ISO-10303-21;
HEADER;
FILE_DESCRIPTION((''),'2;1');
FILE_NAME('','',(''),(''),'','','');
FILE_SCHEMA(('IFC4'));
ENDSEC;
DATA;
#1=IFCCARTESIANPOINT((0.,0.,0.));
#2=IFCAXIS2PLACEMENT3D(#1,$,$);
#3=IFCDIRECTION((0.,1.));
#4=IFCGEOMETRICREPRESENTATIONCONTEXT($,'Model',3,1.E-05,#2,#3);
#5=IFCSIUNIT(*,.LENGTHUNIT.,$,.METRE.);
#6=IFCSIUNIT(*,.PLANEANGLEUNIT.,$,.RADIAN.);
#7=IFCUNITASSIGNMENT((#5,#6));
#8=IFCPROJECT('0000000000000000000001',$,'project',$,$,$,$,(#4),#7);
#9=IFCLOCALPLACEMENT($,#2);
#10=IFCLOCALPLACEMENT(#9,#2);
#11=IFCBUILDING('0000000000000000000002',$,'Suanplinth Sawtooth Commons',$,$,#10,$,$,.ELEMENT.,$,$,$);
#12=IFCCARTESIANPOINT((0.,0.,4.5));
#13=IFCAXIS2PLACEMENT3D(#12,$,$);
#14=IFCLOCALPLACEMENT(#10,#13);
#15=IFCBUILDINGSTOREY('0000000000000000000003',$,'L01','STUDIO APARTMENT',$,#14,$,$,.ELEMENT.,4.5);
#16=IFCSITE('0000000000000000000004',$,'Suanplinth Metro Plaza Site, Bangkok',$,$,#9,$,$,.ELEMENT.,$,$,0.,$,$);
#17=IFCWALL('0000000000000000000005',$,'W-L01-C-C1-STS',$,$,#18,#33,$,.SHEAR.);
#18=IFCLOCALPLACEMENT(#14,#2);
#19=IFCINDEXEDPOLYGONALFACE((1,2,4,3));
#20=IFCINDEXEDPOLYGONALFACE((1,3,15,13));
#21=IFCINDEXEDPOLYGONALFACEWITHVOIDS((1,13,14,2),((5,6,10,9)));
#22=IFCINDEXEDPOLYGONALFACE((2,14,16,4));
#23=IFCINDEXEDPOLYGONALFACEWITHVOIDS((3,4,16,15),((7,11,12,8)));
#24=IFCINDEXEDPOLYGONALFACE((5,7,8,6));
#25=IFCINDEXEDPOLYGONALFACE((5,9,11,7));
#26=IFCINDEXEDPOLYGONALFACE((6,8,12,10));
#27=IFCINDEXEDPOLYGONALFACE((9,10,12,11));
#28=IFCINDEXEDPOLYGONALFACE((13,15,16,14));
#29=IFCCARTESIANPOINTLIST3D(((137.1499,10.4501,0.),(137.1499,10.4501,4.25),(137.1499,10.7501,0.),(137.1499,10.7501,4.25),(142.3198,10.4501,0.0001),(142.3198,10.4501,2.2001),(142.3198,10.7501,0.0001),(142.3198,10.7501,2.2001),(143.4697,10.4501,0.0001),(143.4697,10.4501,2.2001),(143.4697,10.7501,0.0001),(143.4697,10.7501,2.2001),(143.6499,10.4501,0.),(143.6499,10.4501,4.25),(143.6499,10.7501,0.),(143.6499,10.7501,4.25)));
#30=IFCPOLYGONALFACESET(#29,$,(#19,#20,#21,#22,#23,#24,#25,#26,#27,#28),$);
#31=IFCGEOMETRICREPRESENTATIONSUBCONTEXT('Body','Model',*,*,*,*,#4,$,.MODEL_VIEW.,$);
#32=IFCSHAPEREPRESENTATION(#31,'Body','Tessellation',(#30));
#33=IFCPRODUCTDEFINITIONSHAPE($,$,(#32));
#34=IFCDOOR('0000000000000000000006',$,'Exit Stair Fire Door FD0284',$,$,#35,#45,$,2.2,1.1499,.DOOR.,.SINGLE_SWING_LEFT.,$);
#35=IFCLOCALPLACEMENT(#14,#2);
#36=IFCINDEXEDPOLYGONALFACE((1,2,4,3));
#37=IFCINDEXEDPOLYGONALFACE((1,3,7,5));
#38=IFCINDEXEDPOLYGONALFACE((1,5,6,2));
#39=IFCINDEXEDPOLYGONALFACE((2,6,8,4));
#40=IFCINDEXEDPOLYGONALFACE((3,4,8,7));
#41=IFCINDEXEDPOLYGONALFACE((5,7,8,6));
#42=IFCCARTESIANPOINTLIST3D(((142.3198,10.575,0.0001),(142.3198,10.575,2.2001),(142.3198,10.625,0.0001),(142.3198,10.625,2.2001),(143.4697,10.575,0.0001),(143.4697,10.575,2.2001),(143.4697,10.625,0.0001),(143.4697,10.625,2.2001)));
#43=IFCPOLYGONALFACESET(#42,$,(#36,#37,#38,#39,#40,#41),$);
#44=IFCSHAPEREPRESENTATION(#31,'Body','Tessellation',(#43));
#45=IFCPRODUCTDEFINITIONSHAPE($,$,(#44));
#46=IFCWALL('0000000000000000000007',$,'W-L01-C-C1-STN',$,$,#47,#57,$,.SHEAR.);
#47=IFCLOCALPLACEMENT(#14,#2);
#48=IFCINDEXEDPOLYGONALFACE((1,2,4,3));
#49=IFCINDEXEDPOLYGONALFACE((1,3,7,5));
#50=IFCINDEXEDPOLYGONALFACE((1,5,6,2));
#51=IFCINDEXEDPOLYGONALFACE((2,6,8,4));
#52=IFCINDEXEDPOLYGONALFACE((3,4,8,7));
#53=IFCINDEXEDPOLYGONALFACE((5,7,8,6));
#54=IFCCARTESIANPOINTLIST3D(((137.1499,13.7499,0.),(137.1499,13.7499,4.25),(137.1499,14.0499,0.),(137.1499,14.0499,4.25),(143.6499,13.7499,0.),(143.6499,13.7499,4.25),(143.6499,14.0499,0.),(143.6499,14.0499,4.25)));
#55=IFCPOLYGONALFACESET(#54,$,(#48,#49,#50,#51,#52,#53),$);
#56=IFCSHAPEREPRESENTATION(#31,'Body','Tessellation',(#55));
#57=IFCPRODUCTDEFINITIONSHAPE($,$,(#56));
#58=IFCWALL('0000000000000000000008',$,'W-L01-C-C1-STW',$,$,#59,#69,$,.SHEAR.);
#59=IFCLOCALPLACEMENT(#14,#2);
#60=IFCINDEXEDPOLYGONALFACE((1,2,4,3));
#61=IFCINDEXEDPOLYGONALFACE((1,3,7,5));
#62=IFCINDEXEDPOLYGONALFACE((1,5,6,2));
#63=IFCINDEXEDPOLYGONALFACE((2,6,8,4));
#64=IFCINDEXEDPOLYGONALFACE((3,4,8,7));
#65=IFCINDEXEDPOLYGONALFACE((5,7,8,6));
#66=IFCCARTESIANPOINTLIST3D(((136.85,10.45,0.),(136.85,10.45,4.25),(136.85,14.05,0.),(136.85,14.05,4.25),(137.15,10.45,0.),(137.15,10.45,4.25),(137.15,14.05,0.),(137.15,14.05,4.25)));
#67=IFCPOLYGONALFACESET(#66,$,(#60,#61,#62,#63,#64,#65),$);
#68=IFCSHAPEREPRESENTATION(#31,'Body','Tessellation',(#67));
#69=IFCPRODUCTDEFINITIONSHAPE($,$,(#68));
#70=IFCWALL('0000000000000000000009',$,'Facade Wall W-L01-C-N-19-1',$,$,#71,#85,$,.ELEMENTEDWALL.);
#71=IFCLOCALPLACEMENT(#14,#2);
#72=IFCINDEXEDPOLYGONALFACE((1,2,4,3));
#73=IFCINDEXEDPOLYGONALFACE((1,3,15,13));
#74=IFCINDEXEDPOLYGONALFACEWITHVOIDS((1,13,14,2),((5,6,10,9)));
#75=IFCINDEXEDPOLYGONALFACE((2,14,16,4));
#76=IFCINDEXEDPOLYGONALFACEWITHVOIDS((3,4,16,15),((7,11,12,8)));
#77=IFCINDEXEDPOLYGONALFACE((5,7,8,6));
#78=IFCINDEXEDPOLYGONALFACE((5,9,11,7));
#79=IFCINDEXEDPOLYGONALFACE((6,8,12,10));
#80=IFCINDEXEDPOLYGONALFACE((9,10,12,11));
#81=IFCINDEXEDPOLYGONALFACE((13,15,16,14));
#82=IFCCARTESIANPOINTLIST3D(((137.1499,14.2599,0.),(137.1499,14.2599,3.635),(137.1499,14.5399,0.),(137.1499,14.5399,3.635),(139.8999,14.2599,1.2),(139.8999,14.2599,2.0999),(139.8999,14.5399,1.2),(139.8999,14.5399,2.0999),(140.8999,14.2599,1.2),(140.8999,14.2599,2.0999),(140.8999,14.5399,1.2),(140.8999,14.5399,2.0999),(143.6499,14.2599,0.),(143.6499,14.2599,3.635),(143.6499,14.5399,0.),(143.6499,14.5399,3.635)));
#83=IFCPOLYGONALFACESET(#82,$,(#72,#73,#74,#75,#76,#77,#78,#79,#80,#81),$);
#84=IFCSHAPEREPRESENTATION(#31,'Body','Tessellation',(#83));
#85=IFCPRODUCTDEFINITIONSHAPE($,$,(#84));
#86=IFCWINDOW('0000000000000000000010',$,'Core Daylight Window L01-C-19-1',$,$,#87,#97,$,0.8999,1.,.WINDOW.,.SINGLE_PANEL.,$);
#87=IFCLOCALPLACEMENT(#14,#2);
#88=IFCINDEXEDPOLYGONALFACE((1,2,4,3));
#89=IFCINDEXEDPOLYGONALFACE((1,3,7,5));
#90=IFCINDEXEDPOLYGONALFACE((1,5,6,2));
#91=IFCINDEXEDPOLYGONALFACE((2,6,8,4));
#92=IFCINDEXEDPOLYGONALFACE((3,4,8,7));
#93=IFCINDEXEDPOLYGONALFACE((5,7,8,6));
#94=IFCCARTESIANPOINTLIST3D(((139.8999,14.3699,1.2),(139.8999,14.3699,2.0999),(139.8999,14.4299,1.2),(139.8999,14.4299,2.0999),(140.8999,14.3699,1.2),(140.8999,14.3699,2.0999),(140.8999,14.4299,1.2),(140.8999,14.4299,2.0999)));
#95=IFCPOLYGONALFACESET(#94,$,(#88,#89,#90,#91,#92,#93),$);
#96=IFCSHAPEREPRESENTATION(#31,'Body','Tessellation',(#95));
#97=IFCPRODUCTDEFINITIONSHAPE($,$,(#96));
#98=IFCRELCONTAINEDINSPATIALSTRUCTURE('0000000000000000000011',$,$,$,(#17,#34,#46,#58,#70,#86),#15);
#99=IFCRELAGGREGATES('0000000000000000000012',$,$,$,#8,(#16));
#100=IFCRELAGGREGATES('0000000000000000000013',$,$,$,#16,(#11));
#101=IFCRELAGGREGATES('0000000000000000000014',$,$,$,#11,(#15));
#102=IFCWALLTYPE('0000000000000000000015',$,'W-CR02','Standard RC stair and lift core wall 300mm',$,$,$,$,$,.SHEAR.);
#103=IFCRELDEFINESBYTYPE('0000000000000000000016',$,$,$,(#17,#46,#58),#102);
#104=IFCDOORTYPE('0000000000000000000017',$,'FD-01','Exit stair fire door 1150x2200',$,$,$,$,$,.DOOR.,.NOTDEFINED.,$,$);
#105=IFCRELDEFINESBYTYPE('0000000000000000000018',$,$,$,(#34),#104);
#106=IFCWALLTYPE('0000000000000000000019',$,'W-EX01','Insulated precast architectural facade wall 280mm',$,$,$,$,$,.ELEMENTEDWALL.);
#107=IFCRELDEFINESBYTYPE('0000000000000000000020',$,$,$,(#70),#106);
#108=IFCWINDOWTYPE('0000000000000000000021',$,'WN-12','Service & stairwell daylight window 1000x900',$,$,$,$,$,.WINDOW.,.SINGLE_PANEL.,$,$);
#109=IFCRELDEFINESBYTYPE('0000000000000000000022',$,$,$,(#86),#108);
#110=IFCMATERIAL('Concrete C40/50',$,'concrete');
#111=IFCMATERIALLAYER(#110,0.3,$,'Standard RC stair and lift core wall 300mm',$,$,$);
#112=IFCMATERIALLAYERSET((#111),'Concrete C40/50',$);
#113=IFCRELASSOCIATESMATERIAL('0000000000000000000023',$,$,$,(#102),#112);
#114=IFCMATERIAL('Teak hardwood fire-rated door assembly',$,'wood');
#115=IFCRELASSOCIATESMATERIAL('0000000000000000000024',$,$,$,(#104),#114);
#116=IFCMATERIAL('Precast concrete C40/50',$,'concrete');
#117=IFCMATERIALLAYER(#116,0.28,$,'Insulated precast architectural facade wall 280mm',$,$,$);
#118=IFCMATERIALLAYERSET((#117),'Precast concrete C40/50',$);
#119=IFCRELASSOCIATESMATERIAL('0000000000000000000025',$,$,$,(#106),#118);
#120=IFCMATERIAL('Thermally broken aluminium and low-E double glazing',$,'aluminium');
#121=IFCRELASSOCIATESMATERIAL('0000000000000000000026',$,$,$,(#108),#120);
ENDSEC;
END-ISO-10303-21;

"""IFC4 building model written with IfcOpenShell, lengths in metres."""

from ifc_helpers import new_model, si_unit, direction, frame, frame_2d, origin, place, context, subcontext, project, spatial, rectangle, extrude, material, layer, layer_set, type_object, element, fill, save


model = new_model("IFC4")

# Units and contexts
model_context = context("Model", 3, precision=1e-05, world=origin(), true_north=direction((0.0, 1.0)))
body_context = subcontext(model_context, "Body", "Model", "MODEL_VIEW")
ifc_project = project(units=[si_unit("LENGTHUNIT", "METRE"), si_unit("PLANEANGLEUNIT", "RADIAN")], contexts=[model_context])

# Site, building, storey
site_placement = place(None, origin())
site = spatial("IfcSite", under=ifc_project, at=site_placement, Name="Suanplinth Metro Plaza Site, Bangkok", CompositionType="ELEMENT", RefElevation=0.0)
building_placement = place(site_placement, origin())
building = spatial("IfcBuilding", under=site, at=building_placement, Name="Suanplinth Sawtooth Commons", CompositionType="ELEMENT")
storey_placement = place(building_placement, frame((0.0, 0.0, 4.5)))
storey = spatial("IfcBuildingStorey", under=building, at=storey_placement, Name="L01", Description="STUDIO APARTMENT", CompositionType="ELEMENT", Elevation=4.5)

# Shared definitions
ifc_material_1 = material(Name="Concrete C40/50", Category="concrete")

# Shared definitions
ifc_material_2 = material(Name="Precast concrete C40/50", Category="concrete")

# Wall, opening, door
ifc_layer_1 = layer(ifc_material_1, 0.3, Name="Standard RC stair and lift core wall 300mm")
ifc_layer_set_1 = layer_set([ifc_layer_1], Name="Concrete C40/50")
wall_type_1 = type_object("IfcWallType", Name="W-CR02", Description="Standard RC stair and lift core wall 300mm", PredefinedType="SHEAR", material=ifc_layer_set_1)
wall_1_placement = place(storey_placement, frame((137.1499, 10.6001, 0.0), z_axis=(0.0, 0.0, 1.0), x_axis=(1.0, 0.0, 0.0)))
wall_1 = element("IfcWall", 1, at=wall_1_placement, inside=storey, type_object=wall_type_1, Name="W-L01-C-C1-STS", PredefinedType="SHEAR", context=body_context, shape_type="SweptSolid", body=[
    extrude(rectangle(XDim=6.5, YDim=0.3, at=frame_2d((3.25, 0.0))), origin(), (0.0, 0.0, 1.0), 4.25),
])
opening_1_placement = place(wall_1_placement, frame((5.1699, 0.0, 0.0)))
opening_1 = element("IfcOpeningElement", 2, at=opening_1_placement, cuts=wall_1, PredefinedType="OPENING", context=body_context, shape_type="SweptSolid", body=[
    extrude(rectangle(XDim=1.1499, YDim=2.2, at=frame_2d((0.575, 1.1001))), frame((0.0, 0.165, 0.0), z_axis=(0.0, -1.0, 0.0), x_axis=(1.0, 0.0, 0.0)), (0.0, 0.0, 1.0), 0.3298),
])
ifc_material_3 = material(Name="Teak hardwood fire-rated door assembly", Category="wood")
door_type_1 = type_object("IfcDoorType", Name="FD-01", Description="Exit stair fire door 1150x2200", OperationType="NOTDEFINED", PredefinedType="DOOR", material=ifc_material_3)
door_1_placement = place(opening_1_placement, origin())
door_1 = element("IfcDoor", 3, at=door_1_placement, inside=storey, type_object=door_type_1, Name="Exit Stair Fire Door FD0284", OperationType="SINGLE_SWING_LEFT", OverallHeight=2.2, OverallWidth=1.1499, PredefinedType="DOOR", context=body_context, shape_type="SweptSolid", body=[
    extrude(rectangle(XDim=1.1499, YDim=2.2, at=frame_2d((0.575, 1.1001))), frame((0.0, 0.0249, 0.0), z_axis=(0.0, -1.0, 0.0), x_axis=(1.0, 0.0, 0.0)), (0.0, 0.0, 1.0), 0.05),
])
fill(opening_1, door_1)

# Walls
wall_2_placement = place(storey_placement, frame((137.1499, 13.8999, 0.0), z_axis=(0.0, 0.0, 1.0), x_axis=(1.0, 0.0, 0.0)))
element("IfcWall", 4, at=wall_2_placement, inside=storey, type_object=wall_type_1, Name="W-L01-C-C1-STN", PredefinedType="SHEAR", context=body_context, shape_type="SweptSolid", body=[
    extrude(rectangle(XDim=6.5, YDim=0.3, at=frame_2d((3.25, 0.0))), origin(), (0.0, 0.0, 1.0), 4.25),
])
wall_3_placement = place(storey_placement, frame((137.0, 10.45, 0.0), z_axis=(0.0, 0.0, 1.0), x_axis=(0.0, 1.0, 0.0)))
element("IfcWall", 5, at=wall_3_placement, inside=storey, type_object=wall_type_1, Name="W-L01-C-C1-STW", PredefinedType="SHEAR", context=body_context, shape_type="SweptSolid", body=[
    extrude(rectangle(XDim=3.6001, YDim=0.3, at=frame_2d((1.8, 0.0))), origin(), (0.0, 0.0, 1.0), 4.25),
])

# Shared definitions
ifc_layer_2 = layer(ifc_material_2, 0.28, Name="Insulated precast architectural facade wall 280mm")
ifc_layer_set_2 = layer_set([ifc_layer_2], Name="Precast concrete C40/50")
wall_type_2 = type_object("IfcWallType", Name="W-EX01", Description="Insulated precast architectural facade wall 280mm", PredefinedType="ELEMENTEDWALL", material=ifc_layer_set_2)
ifc_material_4 = material(Name="Thermally broken aluminium and low-E double glazing", Category="aluminium")

# Wall, opening, window
wall_4_placement = place(storey_placement, frame((137.1499, 14.3999, 0.0), z_axis=(0.0, 0.0, 1.0), x_axis=(1.0, 0.0, 0.0)))
wall_4 = element("IfcWall", 6, at=wall_4_placement, inside=storey, type_object=wall_type_2, Name="Facade Wall W-L01-C-N-19-1", PredefinedType="ELEMENTEDWALL", context=body_context, shape_type="SweptSolid", body=[
    extrude(rectangle(XDim=6.5, YDim=0.28, at=frame_2d((3.25, 0.0))), origin(), (0.0, 0.0, 1.0), 3.635),
])
opening_2_placement = place(wall_4_placement, frame((2.75, 0.0, 1.2)))
opening_2 = element("IfcOpeningElement", 7, at=opening_2_placement, cuts=wall_4, PredefinedType="OPENING", context=body_context, shape_type="SweptSolid", body=[
    extrude(rectangle(XDim=1.0, YDim=0.8999, at=frame_2d((0.5, 0.45))), frame((0.0, 0.1548, 0.0), z_axis=(0.0, -1.0, 0.0), x_axis=(1.0, 0.0, 0.0)), (0.0, 0.0, 1.0), 0.3098),
])
window_type_1 = type_object("IfcWindowType", Name="WN-12", Description="Service & stairwell daylight window 1000x900", PartitioningType="SINGLE_PANEL", PredefinedType="WINDOW", material=ifc_material_4)
window_1_placement = place(opening_2_placement, origin())
window_1 = element("IfcWindow", 8, at=window_1_placement, inside=storey, type_object=window_type_1, Name="Core Daylight Window L01-C-19-1", OverallHeight=0.8999, OverallWidth=1.0, PartitioningType="SINGLE_PANEL", PredefinedType="WINDOW", context=body_context, shape_type="SweptSolid", body=[
    extrude(rectangle(XDim=1.0, YDim=0.8999, at=frame_2d((0.5, 0.45))), frame((0.0, 0.03, 0.0), z_axis=(0.0, -1.0, 0.0), x_axis=(1.0, 0.0, 0.0)), (0.0, 0.0, 1.0), 0.0601),
])
fill(opening_2, window_1)

save(model, "model.ifc")
